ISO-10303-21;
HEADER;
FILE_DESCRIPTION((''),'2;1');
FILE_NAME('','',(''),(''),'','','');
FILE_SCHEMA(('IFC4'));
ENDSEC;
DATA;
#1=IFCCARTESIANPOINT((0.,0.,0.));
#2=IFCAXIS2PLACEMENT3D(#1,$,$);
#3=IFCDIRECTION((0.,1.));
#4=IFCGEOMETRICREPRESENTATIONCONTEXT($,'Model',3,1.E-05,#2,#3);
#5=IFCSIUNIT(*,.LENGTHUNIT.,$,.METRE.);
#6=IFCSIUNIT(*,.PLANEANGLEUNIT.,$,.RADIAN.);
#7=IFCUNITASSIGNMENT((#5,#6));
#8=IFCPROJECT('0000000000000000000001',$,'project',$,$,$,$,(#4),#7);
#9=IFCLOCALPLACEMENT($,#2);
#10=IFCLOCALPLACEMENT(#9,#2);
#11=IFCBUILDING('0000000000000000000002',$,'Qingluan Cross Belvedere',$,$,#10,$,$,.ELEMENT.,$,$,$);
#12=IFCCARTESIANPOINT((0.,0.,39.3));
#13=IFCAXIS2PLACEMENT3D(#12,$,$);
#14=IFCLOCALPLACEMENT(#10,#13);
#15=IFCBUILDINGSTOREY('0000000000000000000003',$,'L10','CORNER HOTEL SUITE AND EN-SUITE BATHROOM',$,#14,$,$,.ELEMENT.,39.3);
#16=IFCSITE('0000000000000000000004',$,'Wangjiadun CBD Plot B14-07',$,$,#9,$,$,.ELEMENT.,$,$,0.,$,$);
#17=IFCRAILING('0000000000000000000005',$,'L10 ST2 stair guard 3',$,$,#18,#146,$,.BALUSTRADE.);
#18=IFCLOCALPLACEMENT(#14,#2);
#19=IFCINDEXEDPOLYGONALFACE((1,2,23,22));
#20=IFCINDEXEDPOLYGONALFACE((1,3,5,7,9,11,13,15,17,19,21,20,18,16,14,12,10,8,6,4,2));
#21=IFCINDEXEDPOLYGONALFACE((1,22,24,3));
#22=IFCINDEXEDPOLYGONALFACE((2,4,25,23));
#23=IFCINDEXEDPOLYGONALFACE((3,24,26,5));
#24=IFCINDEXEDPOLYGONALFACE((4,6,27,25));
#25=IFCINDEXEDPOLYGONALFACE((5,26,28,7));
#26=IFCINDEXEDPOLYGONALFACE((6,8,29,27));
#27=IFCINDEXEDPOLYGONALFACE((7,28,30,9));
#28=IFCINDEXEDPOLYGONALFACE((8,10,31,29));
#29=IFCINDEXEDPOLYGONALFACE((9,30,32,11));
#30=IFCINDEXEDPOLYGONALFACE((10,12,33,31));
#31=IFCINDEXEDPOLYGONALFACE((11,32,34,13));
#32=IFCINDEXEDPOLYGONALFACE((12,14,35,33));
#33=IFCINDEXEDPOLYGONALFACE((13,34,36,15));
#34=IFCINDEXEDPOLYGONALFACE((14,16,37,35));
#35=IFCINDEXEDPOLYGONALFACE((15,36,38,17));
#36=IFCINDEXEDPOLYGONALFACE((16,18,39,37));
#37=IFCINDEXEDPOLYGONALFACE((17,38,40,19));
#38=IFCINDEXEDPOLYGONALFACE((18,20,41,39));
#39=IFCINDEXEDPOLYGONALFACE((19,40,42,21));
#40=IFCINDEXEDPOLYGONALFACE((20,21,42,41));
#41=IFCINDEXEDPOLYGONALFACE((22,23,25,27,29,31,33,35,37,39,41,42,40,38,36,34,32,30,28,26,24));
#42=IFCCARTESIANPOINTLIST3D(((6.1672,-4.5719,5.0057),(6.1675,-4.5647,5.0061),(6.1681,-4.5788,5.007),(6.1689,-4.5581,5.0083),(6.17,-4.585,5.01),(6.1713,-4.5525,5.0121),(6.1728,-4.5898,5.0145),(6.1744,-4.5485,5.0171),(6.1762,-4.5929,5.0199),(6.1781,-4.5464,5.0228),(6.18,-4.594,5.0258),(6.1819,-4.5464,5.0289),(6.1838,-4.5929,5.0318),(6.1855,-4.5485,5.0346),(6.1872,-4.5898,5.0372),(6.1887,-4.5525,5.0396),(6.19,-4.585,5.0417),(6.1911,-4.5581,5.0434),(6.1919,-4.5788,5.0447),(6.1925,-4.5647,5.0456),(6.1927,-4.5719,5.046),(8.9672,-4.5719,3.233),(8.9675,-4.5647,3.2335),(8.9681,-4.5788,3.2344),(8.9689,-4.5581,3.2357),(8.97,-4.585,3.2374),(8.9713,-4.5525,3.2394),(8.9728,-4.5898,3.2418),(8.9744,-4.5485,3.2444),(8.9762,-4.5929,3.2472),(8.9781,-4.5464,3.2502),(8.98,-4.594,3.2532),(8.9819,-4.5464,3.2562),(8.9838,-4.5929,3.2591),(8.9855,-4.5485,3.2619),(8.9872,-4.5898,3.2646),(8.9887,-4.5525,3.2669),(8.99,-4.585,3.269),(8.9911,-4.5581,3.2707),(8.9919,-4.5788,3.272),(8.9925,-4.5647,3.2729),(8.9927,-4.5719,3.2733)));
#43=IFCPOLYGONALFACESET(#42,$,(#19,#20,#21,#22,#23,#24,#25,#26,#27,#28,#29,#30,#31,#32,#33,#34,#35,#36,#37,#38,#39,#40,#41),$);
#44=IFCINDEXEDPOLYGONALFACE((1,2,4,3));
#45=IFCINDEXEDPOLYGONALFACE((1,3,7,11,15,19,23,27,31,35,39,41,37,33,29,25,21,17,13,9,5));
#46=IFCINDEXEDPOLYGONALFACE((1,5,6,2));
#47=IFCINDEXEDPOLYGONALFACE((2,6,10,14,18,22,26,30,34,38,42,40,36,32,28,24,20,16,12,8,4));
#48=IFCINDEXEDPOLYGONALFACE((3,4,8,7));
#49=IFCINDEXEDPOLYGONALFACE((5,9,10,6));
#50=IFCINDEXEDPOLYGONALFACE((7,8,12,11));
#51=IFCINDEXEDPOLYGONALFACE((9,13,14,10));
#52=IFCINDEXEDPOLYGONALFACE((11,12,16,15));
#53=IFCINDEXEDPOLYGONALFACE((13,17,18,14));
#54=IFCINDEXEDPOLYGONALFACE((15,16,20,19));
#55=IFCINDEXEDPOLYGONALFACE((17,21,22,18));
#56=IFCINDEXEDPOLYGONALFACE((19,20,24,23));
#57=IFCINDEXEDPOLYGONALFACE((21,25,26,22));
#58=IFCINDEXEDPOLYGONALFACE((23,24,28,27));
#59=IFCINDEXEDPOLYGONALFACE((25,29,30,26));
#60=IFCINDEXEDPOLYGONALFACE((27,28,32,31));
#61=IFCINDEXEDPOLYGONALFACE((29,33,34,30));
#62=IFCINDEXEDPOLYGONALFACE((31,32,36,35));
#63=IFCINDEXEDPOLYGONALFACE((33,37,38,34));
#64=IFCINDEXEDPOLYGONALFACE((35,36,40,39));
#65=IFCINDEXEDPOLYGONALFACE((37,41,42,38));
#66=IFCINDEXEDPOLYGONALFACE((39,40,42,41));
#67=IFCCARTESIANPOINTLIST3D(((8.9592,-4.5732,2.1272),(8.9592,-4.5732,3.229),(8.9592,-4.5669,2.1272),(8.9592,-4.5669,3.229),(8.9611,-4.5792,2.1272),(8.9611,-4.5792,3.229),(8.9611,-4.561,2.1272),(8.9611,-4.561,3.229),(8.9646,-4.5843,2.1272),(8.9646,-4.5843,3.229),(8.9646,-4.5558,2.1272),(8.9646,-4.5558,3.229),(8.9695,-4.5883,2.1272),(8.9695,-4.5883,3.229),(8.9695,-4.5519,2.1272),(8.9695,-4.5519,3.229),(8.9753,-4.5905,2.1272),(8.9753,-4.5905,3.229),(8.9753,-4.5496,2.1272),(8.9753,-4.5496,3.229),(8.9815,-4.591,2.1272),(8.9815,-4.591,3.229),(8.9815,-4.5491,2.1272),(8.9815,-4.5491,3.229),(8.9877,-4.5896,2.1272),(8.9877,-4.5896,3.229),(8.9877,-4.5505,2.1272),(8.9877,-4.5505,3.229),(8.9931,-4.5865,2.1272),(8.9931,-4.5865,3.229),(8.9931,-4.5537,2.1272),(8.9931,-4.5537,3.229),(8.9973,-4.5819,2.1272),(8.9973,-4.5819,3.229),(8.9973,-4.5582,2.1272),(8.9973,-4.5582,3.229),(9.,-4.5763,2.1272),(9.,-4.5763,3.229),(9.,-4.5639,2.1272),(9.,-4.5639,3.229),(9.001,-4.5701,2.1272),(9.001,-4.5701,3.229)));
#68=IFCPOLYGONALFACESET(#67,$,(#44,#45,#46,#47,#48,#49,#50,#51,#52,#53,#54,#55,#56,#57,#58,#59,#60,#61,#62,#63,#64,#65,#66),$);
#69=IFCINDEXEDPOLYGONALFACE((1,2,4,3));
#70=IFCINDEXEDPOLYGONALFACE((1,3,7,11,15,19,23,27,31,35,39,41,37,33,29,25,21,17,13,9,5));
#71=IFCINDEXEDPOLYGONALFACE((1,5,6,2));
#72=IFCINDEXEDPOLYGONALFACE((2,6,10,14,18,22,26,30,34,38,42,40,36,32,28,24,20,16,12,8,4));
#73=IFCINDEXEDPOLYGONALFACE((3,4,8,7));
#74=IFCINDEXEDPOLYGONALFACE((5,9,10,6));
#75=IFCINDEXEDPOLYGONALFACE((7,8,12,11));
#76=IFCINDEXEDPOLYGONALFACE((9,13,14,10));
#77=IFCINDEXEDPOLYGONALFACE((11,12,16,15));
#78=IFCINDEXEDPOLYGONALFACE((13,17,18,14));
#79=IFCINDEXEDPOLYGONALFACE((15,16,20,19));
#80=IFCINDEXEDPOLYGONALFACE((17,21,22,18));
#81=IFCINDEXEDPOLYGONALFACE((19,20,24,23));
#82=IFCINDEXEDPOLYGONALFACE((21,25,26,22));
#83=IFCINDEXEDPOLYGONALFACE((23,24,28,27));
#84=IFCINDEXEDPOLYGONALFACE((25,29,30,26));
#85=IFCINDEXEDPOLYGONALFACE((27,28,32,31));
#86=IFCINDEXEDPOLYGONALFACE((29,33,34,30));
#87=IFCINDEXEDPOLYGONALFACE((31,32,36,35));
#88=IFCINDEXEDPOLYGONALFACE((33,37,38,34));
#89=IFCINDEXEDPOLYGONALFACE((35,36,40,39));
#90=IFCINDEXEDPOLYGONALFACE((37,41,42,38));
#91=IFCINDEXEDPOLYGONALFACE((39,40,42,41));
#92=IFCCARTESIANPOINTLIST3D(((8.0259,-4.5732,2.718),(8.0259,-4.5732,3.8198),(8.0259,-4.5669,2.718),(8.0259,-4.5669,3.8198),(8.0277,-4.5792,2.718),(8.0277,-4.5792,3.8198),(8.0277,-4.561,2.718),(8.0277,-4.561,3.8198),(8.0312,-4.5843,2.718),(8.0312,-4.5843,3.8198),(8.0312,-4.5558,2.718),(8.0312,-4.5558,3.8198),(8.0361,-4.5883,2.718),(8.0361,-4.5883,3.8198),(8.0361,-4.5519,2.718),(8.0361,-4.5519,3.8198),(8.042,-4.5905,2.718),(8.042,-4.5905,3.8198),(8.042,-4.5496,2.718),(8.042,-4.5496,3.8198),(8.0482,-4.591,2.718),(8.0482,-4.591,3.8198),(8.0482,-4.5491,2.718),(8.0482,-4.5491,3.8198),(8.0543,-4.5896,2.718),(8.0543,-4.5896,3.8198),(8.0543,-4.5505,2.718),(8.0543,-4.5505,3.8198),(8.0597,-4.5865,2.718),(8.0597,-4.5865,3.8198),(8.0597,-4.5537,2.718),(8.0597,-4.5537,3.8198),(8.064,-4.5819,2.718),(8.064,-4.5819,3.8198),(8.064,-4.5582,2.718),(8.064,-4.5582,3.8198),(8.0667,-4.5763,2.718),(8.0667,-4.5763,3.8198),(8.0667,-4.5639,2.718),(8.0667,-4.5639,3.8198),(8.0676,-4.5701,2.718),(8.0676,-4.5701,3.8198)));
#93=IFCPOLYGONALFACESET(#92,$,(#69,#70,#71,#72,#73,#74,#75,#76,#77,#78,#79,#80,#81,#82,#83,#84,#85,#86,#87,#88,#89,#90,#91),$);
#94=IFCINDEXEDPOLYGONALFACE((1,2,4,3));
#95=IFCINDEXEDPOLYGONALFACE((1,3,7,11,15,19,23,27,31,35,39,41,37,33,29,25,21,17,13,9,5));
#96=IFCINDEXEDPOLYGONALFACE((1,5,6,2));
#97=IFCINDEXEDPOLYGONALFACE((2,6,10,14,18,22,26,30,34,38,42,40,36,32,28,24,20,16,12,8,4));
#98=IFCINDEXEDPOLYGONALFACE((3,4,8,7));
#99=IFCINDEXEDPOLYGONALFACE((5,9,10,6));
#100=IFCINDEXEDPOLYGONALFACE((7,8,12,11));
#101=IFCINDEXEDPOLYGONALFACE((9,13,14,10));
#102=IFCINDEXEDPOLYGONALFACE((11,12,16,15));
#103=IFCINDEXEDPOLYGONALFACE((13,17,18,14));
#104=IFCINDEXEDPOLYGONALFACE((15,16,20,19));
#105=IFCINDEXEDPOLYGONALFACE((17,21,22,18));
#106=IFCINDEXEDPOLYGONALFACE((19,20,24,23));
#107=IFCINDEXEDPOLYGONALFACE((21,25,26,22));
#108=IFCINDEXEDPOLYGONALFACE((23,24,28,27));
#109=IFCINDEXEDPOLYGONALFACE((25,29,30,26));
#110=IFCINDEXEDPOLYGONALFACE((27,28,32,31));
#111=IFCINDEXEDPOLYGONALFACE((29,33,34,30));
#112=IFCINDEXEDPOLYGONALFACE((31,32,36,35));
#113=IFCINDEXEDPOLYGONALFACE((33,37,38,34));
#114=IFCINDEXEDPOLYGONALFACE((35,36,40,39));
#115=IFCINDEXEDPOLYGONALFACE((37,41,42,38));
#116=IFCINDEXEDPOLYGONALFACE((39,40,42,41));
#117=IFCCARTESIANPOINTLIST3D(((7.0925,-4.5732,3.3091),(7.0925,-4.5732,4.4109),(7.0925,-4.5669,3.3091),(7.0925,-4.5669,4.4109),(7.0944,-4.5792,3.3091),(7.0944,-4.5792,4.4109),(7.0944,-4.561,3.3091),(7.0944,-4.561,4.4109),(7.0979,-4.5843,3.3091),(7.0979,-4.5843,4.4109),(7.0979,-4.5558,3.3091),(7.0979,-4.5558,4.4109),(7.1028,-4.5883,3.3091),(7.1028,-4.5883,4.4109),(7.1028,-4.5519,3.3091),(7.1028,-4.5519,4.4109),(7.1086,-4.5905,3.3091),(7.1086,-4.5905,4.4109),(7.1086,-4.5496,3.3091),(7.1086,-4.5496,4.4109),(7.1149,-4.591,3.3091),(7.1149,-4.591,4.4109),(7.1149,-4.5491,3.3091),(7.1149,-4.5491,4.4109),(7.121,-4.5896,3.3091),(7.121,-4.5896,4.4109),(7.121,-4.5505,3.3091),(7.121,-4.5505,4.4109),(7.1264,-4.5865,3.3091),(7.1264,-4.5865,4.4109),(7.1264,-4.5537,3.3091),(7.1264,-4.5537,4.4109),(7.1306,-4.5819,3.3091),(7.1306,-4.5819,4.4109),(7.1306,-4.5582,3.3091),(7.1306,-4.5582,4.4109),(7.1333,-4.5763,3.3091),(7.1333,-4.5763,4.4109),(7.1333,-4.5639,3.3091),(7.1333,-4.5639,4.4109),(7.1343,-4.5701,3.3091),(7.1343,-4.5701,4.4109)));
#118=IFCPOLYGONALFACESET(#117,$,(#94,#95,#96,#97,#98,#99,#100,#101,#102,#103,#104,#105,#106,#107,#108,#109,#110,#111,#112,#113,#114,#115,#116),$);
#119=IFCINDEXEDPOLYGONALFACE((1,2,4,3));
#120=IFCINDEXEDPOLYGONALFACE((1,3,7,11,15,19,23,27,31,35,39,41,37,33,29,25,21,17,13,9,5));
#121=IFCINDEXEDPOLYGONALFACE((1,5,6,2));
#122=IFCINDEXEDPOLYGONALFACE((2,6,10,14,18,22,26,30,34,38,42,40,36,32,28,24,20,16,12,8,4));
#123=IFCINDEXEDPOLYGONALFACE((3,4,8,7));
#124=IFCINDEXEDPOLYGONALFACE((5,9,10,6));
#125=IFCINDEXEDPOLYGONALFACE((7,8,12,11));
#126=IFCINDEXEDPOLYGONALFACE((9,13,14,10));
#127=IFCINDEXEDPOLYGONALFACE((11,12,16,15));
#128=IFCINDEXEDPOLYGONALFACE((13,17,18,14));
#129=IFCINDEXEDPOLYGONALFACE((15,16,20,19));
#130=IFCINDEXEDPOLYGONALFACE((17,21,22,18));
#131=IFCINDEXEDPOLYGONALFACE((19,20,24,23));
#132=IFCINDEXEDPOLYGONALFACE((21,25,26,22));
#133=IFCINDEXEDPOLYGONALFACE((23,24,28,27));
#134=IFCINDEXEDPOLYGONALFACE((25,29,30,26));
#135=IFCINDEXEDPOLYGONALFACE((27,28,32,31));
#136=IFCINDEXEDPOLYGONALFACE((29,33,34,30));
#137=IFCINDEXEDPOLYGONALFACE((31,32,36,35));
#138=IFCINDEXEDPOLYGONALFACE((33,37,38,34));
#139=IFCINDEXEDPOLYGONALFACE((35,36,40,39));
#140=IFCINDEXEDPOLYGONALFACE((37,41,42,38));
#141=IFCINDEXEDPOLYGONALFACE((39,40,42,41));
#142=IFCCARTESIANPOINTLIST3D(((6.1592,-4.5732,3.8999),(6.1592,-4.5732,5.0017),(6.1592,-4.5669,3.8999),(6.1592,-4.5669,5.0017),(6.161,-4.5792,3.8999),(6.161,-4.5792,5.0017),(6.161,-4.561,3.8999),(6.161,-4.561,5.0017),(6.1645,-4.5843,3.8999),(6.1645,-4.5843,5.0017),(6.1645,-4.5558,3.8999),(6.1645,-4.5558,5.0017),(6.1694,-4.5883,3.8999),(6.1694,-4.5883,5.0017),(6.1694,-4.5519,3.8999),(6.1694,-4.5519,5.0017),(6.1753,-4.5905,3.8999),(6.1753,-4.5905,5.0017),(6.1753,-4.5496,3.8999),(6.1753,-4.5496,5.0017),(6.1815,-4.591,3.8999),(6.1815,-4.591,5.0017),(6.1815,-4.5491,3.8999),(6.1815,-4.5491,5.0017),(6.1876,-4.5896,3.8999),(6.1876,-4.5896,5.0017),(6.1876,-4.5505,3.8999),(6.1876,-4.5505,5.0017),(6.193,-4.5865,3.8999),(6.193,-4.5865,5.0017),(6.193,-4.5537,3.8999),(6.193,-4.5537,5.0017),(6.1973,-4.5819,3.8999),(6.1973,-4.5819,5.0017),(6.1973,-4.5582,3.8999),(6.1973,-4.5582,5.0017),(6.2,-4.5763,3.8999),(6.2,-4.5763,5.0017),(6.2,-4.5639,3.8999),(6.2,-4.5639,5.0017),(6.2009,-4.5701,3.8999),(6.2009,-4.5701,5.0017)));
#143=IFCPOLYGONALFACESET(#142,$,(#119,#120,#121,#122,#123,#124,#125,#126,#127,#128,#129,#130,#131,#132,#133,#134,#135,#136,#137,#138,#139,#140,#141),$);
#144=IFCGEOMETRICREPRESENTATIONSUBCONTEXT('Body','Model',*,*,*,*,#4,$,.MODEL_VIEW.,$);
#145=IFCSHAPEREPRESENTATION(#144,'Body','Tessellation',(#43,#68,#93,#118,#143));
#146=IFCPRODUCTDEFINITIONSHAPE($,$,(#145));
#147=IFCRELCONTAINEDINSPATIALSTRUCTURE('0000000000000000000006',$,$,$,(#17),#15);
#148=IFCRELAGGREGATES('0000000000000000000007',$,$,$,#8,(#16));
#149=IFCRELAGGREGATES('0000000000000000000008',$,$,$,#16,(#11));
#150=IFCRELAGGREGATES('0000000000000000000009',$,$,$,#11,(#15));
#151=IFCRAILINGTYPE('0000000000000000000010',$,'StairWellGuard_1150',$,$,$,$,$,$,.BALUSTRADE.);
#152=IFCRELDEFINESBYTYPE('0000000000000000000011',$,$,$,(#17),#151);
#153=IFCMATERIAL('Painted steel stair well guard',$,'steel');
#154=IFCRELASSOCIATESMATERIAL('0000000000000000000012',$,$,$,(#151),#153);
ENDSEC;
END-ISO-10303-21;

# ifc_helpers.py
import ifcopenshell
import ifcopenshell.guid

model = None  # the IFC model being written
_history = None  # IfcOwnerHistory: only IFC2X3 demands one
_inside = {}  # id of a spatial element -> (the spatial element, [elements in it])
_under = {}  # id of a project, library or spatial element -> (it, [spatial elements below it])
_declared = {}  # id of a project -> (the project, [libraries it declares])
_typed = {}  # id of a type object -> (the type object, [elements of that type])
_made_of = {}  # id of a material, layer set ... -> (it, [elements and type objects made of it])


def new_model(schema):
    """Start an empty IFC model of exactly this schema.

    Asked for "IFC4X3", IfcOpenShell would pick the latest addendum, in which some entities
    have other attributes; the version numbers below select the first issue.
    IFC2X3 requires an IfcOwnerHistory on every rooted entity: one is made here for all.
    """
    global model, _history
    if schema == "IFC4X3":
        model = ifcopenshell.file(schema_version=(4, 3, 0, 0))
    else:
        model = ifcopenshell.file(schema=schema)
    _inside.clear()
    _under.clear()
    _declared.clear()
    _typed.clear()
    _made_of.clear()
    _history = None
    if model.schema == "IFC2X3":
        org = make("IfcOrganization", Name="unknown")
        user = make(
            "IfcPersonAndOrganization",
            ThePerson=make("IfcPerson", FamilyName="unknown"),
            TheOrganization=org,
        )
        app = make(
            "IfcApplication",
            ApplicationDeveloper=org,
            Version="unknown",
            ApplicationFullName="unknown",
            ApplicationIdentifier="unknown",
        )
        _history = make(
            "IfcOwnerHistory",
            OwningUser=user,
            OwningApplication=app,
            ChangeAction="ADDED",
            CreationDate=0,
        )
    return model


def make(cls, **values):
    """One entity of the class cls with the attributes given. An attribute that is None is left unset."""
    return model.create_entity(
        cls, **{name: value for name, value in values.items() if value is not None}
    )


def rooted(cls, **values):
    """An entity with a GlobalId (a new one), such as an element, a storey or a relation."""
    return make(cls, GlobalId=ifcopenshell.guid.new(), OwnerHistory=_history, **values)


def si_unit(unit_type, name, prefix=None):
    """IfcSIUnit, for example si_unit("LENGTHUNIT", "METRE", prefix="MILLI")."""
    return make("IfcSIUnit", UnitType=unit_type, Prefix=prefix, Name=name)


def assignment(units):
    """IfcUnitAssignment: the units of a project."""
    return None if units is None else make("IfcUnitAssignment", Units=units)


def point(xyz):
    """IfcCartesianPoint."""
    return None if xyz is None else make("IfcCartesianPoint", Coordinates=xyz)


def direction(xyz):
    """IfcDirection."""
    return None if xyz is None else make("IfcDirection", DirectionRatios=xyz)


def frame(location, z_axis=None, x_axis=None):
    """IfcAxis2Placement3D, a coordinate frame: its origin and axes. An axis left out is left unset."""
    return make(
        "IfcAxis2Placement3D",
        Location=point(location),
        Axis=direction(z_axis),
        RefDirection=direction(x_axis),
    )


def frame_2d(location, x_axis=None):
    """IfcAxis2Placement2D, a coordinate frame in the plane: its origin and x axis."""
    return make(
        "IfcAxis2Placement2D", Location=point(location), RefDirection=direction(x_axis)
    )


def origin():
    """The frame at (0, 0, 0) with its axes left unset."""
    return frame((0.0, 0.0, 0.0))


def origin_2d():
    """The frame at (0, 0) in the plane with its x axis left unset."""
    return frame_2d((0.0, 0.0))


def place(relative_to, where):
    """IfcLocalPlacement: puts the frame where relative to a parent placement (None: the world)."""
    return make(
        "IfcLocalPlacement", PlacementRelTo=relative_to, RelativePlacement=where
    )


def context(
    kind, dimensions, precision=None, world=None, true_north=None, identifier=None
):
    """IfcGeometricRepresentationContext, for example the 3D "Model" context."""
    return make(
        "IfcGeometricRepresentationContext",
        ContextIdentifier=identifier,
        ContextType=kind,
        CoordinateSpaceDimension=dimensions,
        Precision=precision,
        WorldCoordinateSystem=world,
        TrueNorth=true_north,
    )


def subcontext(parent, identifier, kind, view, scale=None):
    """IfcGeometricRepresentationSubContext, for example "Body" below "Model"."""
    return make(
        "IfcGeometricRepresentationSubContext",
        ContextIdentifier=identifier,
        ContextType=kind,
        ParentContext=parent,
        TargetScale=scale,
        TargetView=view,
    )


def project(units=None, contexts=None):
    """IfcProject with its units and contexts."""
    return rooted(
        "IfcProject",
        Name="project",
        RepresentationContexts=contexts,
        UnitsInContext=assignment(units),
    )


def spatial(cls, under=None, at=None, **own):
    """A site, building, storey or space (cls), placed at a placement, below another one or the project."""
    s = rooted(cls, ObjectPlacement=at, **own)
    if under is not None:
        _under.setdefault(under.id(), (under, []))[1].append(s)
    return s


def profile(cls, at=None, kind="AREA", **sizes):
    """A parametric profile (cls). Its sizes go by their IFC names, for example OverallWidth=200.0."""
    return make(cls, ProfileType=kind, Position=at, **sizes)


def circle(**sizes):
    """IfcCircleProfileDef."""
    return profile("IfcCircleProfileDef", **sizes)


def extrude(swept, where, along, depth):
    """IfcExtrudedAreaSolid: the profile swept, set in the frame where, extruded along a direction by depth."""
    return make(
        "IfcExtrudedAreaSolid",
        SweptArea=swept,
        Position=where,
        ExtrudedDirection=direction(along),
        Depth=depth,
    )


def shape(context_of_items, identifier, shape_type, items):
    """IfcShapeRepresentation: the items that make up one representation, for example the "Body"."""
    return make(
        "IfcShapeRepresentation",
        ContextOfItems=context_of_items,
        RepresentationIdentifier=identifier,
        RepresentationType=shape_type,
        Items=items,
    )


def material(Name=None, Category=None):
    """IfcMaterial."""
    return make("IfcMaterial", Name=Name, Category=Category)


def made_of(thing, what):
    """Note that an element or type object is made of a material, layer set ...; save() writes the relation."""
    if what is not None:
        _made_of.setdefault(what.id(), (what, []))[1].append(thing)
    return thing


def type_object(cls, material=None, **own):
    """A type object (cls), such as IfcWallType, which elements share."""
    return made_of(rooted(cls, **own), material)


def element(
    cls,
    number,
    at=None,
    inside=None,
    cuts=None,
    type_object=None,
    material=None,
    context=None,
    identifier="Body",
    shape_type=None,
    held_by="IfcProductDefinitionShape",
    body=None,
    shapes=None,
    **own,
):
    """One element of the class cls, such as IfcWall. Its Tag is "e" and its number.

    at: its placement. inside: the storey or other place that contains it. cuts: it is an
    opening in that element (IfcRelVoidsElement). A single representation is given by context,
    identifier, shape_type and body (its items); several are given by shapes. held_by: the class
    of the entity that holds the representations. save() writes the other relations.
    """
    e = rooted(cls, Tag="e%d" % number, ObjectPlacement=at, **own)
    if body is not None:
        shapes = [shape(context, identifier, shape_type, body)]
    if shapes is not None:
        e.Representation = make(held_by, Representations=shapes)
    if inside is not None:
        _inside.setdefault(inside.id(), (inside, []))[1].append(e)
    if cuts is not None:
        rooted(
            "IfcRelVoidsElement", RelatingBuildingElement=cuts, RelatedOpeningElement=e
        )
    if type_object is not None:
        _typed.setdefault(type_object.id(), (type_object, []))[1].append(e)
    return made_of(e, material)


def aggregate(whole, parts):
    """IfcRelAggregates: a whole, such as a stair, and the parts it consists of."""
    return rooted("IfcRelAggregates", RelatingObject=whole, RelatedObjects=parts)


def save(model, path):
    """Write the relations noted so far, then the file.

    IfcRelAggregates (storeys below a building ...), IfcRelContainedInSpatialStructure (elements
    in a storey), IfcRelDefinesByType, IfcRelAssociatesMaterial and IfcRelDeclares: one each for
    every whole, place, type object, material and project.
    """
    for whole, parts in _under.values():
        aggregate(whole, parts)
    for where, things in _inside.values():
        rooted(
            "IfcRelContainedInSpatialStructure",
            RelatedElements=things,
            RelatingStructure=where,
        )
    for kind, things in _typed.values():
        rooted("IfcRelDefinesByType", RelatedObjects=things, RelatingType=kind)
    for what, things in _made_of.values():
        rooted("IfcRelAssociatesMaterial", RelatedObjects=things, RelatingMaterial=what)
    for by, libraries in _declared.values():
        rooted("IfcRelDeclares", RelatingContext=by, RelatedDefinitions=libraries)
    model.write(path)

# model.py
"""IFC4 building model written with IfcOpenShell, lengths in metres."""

from ifc_helpers import new_model, si_unit, direction, frame, origin, origin_2d, place, context, subcontext, project, spatial, circle, extrude, material, type_object, element, save


model = new_model("IFC4")

# Units and contexts
model_context = context("Model", 3, precision=1e-05, world=origin(), true_north=direction((0.0, 1.0)))
body_context = subcontext(model_context, "Body", "Model", "MODEL_VIEW")
ifc_project = project(units=[si_unit("LENGTHUNIT", "METRE"), si_unit("PLANEANGLEUNIT", "RADIAN")], contexts=[model_context])

# Site, building, storey
site_placement = place(None, origin())
site = spatial("IfcSite", under=ifc_project, at=site_placement, Name="Wangjiadun CBD Plot B14-07", CompositionType="ELEMENT", RefElevation=0.0)
building_placement = place(site_placement, origin())
building = spatial("IfcBuilding", under=site, at=building_placement, Name="Qingluan Cross Belvedere", CompositionType="ELEMENT")
storey_placement = place(building_placement, frame((0.0, 0.0, 39.3)))
storey = spatial("IfcBuildingStorey", under=building, at=storey_placement, Name="L10", Description="CORNER HOTEL SUITE AND EN-SUITE BATHROOM", CompositionType="ELEMENT", Elevation=39.3)

# Railing
ifc_material_1 = material(Name="Painted steel stair well guard", Category="steel")
railing_type_1 = type_object("IfcRailingType", Name="StairWellGuard_1150", PredefinedType="BALUSTRADE", material=ifc_material_1)
railing_1_placement = place(storey_placement, frame((8.98, -4.5701, 2.1272)))
element("IfcRailing", 1, at=railing_1_placement, inside=storey, type_object=railing_type_1, Name="L10 ST2 stair guard 3", PredefinedType="BALUSTRADE", context=body_context, shape_type="SweptSolid", body=[
    extrude(circle(Radius=0.0239, at=origin_2d()), frame((0.0, 0.0, 1.126), z_axis=(-0.844909, 0.0, 0.53491), x_axis=(0.0, -1.0, 0.0)), (0.0, 0.0, 1.0), 3.314),
    extrude(circle(Radius=0.021, at=origin_2d()), origin(), (0.0, 0.0, 1.0), 1.1018),
    extrude(circle(Radius=0.021, at=origin_2d()), frame((-0.9333, 0.0, 0.5908)), (0.0, 0.0, 1.0), 1.1018),
    extrude(circle(Radius=0.021, at=origin_2d()), frame((-1.8667, 0.0, 1.1819)), (0.0, 0.0, 1.0), 1.1018),
    extrude(circle(Radius=0.021, at=origin_2d()), frame((-2.8, 0.0, 1.7727)), (0.0, 0.0, 1.0), 1.1018),
])

save(model, "model.ifc")
